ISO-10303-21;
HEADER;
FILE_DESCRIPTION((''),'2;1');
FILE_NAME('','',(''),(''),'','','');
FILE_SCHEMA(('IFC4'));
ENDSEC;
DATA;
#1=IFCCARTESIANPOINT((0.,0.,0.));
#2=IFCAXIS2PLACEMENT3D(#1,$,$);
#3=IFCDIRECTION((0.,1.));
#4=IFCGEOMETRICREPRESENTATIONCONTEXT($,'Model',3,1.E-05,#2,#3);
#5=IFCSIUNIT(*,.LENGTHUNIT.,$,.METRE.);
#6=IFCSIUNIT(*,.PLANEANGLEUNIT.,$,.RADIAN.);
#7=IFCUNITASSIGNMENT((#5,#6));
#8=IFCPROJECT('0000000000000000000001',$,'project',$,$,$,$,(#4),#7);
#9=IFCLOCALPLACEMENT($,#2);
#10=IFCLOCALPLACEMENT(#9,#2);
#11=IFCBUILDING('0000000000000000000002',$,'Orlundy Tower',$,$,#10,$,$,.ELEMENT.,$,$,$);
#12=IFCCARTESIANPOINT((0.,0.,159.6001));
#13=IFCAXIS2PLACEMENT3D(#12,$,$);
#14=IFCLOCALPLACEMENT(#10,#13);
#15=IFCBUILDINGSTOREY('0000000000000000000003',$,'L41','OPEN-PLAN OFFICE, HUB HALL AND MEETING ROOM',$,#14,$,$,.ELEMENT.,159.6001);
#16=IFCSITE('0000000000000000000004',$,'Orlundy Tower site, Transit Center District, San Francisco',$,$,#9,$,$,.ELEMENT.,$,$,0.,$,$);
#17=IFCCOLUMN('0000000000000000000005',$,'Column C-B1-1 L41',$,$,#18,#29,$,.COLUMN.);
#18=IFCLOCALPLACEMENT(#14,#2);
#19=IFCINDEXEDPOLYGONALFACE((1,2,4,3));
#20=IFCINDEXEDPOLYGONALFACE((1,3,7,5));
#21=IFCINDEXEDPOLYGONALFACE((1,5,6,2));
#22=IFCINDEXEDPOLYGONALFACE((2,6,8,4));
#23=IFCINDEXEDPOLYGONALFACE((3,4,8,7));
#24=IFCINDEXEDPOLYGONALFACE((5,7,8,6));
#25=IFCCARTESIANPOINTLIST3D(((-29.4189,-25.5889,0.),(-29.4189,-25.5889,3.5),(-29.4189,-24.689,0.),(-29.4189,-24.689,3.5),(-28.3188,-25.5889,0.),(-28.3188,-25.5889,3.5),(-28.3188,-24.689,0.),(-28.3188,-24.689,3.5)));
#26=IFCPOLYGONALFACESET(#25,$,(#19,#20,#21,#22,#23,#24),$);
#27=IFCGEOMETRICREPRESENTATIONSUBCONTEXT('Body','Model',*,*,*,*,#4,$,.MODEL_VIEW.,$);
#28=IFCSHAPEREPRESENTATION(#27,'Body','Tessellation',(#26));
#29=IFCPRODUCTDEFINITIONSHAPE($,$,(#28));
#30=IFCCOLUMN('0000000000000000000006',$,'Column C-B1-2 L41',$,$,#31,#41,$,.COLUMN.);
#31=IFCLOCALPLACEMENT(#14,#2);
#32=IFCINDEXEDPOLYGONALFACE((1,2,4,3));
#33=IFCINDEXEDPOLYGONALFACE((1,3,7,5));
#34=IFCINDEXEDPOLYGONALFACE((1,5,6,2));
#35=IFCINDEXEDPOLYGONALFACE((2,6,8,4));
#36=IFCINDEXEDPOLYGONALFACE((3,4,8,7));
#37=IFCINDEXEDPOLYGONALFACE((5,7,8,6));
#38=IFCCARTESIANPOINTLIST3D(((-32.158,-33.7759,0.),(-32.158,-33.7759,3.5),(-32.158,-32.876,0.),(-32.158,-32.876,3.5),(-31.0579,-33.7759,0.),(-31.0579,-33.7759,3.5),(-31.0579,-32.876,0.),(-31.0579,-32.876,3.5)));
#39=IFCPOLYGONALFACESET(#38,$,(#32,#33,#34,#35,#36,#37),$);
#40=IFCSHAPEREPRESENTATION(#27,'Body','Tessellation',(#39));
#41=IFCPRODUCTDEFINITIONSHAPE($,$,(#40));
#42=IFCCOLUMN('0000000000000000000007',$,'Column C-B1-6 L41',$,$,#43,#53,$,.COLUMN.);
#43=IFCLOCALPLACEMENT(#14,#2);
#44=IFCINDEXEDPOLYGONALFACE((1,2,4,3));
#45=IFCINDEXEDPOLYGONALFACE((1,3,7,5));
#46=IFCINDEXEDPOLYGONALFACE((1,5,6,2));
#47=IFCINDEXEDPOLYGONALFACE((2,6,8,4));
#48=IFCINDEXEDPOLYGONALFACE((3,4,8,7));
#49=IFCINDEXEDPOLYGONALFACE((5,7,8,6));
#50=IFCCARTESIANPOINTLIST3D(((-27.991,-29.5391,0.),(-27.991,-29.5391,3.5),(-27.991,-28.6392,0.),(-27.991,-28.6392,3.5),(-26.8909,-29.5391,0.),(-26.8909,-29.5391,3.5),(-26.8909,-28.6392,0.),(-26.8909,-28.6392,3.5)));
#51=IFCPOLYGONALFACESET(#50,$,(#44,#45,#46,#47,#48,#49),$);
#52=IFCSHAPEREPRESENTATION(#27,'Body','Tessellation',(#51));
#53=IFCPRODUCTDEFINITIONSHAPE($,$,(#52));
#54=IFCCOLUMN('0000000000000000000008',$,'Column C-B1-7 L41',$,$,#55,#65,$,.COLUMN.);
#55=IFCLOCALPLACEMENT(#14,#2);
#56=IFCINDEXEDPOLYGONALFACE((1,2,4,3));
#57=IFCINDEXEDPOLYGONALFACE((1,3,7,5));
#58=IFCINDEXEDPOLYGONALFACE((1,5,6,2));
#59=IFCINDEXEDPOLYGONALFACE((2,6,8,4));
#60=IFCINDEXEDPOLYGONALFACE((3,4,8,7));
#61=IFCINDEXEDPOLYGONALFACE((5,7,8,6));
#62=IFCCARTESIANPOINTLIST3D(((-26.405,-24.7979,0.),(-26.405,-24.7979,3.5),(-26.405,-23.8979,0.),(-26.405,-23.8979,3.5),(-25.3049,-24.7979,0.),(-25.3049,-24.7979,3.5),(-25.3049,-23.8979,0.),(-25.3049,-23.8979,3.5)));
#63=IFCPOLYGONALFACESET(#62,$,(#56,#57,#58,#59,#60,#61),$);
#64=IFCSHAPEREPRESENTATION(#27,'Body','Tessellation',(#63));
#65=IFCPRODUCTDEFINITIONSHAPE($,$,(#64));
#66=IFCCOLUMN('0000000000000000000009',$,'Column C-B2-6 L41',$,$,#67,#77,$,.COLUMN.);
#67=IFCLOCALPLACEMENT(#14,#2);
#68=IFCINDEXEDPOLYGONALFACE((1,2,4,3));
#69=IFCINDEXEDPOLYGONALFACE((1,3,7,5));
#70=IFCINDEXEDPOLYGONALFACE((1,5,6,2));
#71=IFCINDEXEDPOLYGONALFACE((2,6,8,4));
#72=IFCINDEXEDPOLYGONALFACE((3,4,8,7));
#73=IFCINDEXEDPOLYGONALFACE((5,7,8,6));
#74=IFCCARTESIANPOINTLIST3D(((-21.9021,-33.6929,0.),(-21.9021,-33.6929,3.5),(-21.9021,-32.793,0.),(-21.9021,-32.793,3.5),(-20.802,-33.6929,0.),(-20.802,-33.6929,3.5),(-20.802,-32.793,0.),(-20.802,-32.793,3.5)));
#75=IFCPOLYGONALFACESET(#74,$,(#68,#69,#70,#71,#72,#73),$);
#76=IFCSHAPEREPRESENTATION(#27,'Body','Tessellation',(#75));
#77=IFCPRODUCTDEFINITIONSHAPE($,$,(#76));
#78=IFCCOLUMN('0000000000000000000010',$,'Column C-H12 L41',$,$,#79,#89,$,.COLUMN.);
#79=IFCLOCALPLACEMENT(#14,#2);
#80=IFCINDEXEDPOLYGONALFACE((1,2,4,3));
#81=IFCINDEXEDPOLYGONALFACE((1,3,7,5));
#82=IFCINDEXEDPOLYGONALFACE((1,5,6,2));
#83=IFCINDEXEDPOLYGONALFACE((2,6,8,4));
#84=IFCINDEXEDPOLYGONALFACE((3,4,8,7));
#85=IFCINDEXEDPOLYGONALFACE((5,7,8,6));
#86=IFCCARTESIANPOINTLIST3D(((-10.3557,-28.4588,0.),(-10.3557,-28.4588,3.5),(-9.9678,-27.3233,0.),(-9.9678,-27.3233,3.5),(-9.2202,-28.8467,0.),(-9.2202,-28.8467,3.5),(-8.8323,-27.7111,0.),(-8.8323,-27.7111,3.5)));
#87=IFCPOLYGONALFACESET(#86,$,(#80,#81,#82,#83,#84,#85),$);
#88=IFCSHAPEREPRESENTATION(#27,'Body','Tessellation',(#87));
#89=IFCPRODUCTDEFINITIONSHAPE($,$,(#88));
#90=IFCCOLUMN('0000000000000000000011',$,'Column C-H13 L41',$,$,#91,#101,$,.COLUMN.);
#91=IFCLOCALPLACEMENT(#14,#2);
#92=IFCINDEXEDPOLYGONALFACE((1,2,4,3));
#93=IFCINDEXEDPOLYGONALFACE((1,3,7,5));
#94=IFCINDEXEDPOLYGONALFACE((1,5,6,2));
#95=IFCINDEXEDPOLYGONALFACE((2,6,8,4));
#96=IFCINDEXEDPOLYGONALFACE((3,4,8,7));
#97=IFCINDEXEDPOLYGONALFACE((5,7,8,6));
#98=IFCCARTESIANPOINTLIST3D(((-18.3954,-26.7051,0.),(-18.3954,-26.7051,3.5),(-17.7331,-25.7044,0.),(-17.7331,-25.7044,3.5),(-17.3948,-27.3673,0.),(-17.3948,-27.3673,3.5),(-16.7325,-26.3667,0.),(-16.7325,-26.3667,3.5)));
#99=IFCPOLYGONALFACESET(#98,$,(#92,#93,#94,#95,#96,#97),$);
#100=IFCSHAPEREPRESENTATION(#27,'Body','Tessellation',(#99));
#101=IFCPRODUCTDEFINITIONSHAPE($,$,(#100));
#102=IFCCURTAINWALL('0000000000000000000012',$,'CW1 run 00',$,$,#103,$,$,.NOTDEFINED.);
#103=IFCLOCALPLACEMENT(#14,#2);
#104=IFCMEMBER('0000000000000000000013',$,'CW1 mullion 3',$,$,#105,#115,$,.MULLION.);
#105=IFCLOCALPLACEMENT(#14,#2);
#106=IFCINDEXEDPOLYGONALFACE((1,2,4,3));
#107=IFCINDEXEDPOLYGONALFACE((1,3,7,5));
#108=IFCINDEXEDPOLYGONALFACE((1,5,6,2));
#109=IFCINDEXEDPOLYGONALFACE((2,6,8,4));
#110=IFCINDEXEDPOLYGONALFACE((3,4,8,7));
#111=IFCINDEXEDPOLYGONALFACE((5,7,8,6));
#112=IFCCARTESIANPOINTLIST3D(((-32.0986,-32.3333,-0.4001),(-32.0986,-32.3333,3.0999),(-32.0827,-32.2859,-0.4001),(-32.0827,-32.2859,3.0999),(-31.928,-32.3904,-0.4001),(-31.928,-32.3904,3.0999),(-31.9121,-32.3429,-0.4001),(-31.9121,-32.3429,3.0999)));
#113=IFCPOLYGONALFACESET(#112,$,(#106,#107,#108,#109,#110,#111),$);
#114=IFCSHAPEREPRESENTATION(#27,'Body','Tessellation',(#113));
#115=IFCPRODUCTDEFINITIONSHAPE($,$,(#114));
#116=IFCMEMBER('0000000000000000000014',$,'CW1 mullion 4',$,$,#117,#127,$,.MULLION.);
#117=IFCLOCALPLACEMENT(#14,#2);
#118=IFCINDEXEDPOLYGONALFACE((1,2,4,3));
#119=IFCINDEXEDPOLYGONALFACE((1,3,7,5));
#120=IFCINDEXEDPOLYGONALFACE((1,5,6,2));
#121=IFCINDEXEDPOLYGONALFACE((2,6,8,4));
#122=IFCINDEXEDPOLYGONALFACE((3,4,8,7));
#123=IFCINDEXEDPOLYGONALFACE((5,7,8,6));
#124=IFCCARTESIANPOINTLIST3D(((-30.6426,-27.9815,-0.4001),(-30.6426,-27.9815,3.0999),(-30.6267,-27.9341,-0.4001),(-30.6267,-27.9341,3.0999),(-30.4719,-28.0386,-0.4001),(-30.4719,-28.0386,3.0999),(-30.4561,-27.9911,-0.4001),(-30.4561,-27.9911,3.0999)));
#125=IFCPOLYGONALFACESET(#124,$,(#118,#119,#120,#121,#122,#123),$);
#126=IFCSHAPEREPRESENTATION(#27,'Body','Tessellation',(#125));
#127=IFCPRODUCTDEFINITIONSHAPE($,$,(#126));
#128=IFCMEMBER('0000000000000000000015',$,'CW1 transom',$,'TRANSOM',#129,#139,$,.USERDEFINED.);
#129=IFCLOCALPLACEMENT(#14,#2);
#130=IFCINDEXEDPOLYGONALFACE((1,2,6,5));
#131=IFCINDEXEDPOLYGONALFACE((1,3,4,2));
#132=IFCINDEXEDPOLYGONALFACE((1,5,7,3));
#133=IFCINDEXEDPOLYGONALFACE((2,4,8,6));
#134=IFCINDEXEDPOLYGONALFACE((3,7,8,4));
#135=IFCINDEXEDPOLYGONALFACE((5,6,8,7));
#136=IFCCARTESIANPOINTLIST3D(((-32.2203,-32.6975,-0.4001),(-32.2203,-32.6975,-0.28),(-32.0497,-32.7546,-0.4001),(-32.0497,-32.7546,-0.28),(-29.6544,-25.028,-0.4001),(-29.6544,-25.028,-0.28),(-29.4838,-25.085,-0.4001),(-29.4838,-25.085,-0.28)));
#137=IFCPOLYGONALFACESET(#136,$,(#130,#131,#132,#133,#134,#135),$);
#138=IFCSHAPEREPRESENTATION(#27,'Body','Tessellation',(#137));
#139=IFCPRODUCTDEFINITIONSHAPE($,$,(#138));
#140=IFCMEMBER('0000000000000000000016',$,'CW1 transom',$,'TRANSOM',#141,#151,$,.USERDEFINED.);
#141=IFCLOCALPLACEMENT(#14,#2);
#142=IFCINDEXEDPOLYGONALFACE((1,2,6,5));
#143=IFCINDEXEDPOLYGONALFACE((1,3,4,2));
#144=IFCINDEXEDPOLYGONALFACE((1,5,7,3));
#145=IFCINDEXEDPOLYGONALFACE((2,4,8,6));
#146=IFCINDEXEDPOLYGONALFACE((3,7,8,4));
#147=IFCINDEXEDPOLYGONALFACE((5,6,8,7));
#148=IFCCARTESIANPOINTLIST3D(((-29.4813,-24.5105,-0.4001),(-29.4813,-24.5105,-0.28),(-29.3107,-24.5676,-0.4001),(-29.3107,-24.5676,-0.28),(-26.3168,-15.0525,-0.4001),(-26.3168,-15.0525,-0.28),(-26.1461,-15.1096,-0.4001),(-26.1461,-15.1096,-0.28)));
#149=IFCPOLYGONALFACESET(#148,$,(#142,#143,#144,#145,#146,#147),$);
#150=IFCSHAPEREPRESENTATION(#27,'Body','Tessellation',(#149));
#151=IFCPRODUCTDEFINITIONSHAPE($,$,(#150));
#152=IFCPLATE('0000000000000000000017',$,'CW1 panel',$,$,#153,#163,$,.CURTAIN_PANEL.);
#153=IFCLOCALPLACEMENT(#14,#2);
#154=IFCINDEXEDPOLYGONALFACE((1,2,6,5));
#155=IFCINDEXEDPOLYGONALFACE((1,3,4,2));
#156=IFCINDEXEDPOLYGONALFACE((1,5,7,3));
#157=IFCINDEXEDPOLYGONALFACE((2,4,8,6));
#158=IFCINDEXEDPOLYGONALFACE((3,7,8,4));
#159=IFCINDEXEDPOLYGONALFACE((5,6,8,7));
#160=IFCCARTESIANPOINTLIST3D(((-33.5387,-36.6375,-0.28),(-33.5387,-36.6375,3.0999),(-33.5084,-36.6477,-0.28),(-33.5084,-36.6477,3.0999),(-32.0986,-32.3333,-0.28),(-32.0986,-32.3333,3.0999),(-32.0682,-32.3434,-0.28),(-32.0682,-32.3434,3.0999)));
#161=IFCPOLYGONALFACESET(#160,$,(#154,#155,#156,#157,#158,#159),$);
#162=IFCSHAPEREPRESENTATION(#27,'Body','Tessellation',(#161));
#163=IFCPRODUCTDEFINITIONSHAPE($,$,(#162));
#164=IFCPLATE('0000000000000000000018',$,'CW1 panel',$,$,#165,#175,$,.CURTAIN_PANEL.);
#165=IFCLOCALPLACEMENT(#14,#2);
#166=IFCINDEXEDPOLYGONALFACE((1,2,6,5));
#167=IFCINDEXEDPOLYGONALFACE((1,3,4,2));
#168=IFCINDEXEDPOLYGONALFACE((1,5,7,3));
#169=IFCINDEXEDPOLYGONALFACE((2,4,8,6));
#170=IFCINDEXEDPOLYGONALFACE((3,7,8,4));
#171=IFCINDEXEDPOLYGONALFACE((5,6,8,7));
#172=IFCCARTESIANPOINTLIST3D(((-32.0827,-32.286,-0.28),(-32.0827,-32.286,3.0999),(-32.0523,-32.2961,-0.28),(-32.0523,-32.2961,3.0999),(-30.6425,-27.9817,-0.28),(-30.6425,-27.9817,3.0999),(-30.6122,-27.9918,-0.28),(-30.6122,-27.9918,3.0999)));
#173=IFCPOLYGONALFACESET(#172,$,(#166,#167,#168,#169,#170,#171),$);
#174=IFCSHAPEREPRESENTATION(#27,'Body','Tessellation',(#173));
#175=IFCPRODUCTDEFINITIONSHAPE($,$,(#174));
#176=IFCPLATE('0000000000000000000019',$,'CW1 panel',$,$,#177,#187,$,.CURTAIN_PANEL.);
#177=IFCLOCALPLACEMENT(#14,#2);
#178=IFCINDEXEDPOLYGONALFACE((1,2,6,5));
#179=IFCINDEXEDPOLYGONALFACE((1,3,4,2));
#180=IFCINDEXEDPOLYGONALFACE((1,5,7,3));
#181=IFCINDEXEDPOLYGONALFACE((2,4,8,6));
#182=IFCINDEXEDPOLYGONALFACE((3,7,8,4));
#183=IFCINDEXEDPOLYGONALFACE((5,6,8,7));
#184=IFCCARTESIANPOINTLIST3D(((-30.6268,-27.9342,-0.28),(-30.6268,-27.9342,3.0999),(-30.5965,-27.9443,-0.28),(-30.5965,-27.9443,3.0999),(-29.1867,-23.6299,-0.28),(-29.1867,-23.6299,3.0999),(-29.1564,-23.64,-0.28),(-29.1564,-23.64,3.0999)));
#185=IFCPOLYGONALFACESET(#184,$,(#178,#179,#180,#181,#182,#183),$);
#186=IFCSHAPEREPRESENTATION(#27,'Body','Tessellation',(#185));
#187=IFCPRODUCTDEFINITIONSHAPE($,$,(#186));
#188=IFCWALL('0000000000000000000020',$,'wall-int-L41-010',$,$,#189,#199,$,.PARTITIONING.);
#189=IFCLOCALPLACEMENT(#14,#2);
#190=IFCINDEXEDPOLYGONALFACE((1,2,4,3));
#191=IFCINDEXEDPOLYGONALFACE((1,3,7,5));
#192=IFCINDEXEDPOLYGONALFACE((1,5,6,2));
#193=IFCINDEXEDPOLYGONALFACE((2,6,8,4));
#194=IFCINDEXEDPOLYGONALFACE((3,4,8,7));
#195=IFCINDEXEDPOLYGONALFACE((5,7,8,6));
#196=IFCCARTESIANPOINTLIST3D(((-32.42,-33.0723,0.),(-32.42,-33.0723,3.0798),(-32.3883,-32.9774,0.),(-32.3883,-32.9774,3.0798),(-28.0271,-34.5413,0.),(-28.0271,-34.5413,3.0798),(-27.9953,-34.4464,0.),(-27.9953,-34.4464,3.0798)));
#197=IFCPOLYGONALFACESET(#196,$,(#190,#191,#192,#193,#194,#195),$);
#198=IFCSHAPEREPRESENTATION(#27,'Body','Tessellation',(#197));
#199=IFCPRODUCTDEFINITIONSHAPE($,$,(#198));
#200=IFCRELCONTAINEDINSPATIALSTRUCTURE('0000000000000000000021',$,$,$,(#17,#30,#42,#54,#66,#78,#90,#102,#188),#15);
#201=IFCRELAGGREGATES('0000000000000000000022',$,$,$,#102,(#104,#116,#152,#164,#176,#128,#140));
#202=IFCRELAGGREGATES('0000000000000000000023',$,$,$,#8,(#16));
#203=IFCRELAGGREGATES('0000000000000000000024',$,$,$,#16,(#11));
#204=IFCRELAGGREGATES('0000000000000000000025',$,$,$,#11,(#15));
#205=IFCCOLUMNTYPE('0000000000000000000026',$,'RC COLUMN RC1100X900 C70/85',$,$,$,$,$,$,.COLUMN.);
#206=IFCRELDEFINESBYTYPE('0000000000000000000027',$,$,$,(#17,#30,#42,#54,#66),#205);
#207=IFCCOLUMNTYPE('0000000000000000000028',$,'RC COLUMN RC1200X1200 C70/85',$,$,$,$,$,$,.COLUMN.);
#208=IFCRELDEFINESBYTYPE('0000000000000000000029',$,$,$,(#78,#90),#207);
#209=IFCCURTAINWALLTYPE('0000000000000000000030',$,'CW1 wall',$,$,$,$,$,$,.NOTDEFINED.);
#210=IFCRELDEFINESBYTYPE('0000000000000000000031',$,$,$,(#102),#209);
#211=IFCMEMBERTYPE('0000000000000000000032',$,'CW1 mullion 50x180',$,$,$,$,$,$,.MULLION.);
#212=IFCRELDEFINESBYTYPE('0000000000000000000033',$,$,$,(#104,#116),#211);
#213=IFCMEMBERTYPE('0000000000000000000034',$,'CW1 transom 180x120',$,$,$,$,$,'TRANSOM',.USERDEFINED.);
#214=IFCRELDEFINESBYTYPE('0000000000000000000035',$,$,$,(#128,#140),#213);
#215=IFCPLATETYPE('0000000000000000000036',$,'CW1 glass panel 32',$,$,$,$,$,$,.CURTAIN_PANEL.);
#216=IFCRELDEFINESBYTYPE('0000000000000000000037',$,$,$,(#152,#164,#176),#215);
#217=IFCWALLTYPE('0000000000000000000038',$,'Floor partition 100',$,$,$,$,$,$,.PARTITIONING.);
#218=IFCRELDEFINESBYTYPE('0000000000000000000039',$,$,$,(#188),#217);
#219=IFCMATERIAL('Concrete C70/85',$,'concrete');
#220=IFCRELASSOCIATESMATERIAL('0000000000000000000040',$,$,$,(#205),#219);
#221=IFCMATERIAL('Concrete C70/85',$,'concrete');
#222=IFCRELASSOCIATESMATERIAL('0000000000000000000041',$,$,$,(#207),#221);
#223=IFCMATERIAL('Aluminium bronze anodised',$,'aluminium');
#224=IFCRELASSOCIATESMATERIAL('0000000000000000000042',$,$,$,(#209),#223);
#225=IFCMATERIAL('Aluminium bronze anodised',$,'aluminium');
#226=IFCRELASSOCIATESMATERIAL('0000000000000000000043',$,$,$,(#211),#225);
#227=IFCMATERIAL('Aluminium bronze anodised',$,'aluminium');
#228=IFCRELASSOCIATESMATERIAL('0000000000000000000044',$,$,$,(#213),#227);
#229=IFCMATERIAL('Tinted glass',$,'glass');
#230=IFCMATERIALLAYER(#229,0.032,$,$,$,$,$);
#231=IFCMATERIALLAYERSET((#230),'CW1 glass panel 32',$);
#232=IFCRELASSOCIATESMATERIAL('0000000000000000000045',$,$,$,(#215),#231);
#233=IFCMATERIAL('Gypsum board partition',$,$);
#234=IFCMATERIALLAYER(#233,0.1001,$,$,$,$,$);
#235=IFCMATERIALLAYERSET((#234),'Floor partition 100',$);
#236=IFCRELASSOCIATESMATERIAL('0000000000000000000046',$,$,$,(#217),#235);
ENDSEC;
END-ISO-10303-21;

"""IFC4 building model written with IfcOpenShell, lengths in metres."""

from ifc_helpers import new_model, si_unit, direction, frame, frame_2d, origin, origin_2d, place, context, subcontext, project, spatial, rectangle, extrude, material, layer, layer_set, material_profile, profile_set, type_object, element, aggregate, save


model = new_model("IFC4")

# Units and contexts
model_context = context("Model", 3, precision=1e-05, world=origin(), true_north=direction((0.0, 1.0)))
body_context = subcontext(model_context, "Body", "Model", "MODEL_VIEW")
ifc_project = project(units=[si_unit("LENGTHUNIT", "METRE"), si_unit("PLANEANGLEUNIT", "RADIAN")], contexts=[model_context])

# Site, building, storey
site_placement = place(None, origin())
site = spatial("IfcSite", under=ifc_project, at=site_placement, Name="Orlundy Tower site, Transit Center District, San Francisco", CompositionType="ELEMENT", RefElevation=0.0)
building_placement = place(site_placement, origin())
building = spatial("IfcBuilding", under=site, at=building_placement, Name="Orlundy Tower", CompositionType="ELEMENT")
storey_placement = place(building_placement, frame((0.0, 0.0, 159.6001)))
storey = spatial("IfcBuildingStorey", under=building, at=storey_placement, Name="L41", Description="OPEN-PLAN OFFICE, HUB HALL AND MEETING ROOM", CompositionType="ELEMENT", Elevation=159.6001)

# Columns
ifc_material_1 = material(Name="Concrete C70/85", Category="concrete")
ifc_material_profile_1 = material_profile(ifc_material_1, rectangle(XDim=1.1001, YDim=0.8999, at=origin_2d()), Name="RC1100X900")
ifc_profile_set_1 = profile_set([ifc_material_profile_1], Name="Concrete C70/85")
column_type_1 = type_object("IfcColumnType", Name="RC COLUMN RC1100X900 C70/85", PredefinedType="COLUMN", material=ifc_profile_set_1)
for number, where, z_axis, x_axis, name in (
    (1, (-28.8689, -25.1389, 0.0), (0.0, 0.0, 1.0), (1.0, 0.0, 0.0), "Column C-B1-1 L41"),
    (2, (-31.6079, -33.3259, 0.0), (0.0, 0.0, 1.0), (1.0, 0.0, 0.0), "Column C-B1-2 L41"),
    (3, (-27.4409, -29.0891, 0.0), (0.0, 0.0, 1.0), (1.0, 0.0, 0.0), "Column C-B1-6 L41"),
    (4, (-25.855, -24.3479, 0.0), (0.0, 0.0, 1.0), (1.0, 0.0, 0.0), "Column C-B1-7 L41"),
    (5, (-21.3521, -33.2429, 0.0), (0.0, 0.0, 1.0), (1.0, 0.0, 0.0), "Column C-B2-6 L41"),
):
    element("IfcColumn", number, at=place(storey_placement, frame(where, z_axis=z_axis, x_axis=x_axis)), inside=storey, type_object=column_type_1, Name=name, PredefinedType="COLUMN", context=body_context, shape_type="SweptSolid", body=[
        extrude(rectangle(XDim=1.1001, YDim=0.8999, at=origin_2d()), origin(), (0.0, 0.0, 1.0), 3.5),
    ])
ifc_material_2 = material(Name="Concrete C70/85", Category="concrete")
ifc_material_profile_2 = material_profile(ifc_material_2, rectangle(XDim=1.2, YDim=1.2, at=origin_2d()), Name="RC1200X1200")
ifc_profile_set_2 = profile_set([ifc_material_profile_2], Name="Concrete C70/85")
column_type_2 = type_object("IfcColumnType", Name="RC COLUMN RC1200X1200 C70/85", PredefinedType="COLUMN", material=ifc_profile_set_2)
for number, where, z_axis, x_axis, name in (
    (6, (-9.594, -28.085, 0.0), (0.0, 0.0, 1.0), (-0.323257, -0.946311, 0.0), "Column C-H12 L41"),
    (7, (-17.564, -26.5359, 0.0), (0.0, 0.0, 1.0), (-0.551937, -0.833886, 0.0), "Column C-H13 L41"),
):
    element("IfcColumn", number, at=place(storey_placement, frame(where, z_axis=z_axis, x_axis=x_axis)), inside=storey, type_object=column_type_2, Name=name, PredefinedType="COLUMN", context=body_context, shape_type="SweptSolid", body=[
        extrude(rectangle(XDim=1.2, YDim=1.2, at=origin_2d()), origin(), (0.0, 0.0, 1.0), 3.5),
    ])

# Curtain wall, members, plates
ifc_material_3 = material(Name="Aluminium bronze anodised", Category="aluminium")
curtain_wall_type = type_object("IfcCurtainWallType", Name="CW1 wall", PredefinedType="NOTDEFINED", material=ifc_material_3)
curtain_wall_placement = place(storey_placement, origin())
curtain_wall = element("IfcCurtainWall", 8, at=curtain_wall_placement, inside=storey, type_object=curtain_wall_type, Name="CW1 run 00", PredefinedType="NOTDEFINED")
ifc_material_4 = material(Name="Aluminium bronze anodised", Category="aluminium")
ifc_material_profile_3 = material_profile(ifc_material_4, rectangle(XDim=0.1799, YDim=0.05, at=origin_2d()), Name="CW1 mullion 50x180")
ifc_profile_set_3 = profile_set([ifc_material_profile_3], Name="Aluminium bronze anodised")
member_type_1 = type_object("IfcMemberType", Name="CW1 mullion 50x180", PredefinedType="MULLION", material=ifc_profile_set_3)
member_1_placement = place(storey_placement, frame((-32.0054, -32.3381, -0.4001), z_axis=(0.0, 0.0, 1.0), x_axis=(-0.948327, 0.317295, 0.0)))
member_1 = element("IfcMember", 9, at=member_1_placement, type_object=member_type_1, Name="CW1 mullion 3", PredefinedType="MULLION", context=body_context, shape_type="SweptSolid", body=[
    extrude(rectangle(XDim=0.1799, YDim=0.05, at=origin_2d()), origin(), (0.0, 0.0, 1.0), 3.5),
])
member_2_placement = place(storey_placement, frame((-30.5493, -27.9863, -0.4001), z_axis=(0.0, 0.0, 1.0), x_axis=(-0.948327, 0.317295, 0.0)))
member_2 = element("IfcMember", 10, at=member_2_placement, type_object=member_type_1, Name="CW1 mullion 4", PredefinedType="MULLION", context=body_context, shape_type="SweptSolid", body=[
    extrude(rectangle(XDim=0.1799, YDim=0.05, at=origin_2d()), origin(), (0.0, 0.0, 1.0), 3.5),
])
ifc_material_5 = material(Name="Aluminium bronze anodised", Category="aluminium")
ifc_material_profile_4 = material_profile(ifc_material_5, rectangle(XDim=0.1799, YDim=0.1201, at=origin_2d()), Name="CW1 transom 180x120")
ifc_profile_set_4 = profile_set([ifc_material_profile_4], Name="Aluminium bronze anodised")
member_type_2 = type_object("IfcMemberType", Name="CW1 transom 180x120", ElementType="TRANSOM", PredefinedType="USERDEFINED", material=ifc_profile_set_4)
member_3_placement = place(storey_placement, frame((-32.135, -32.7261, -0.3401), z_axis=(0.317269, 0.948336, 0.0), x_axis=(-0.948336, 0.317269, 0.0)))
member_3 = element("IfcMember", 11, at=member_3_placement, type_object=member_type_2, Name="CW1 transom", ObjectType="TRANSOM", PredefinedType="USERDEFINED", context=body_context, shape_type="SweptSolid", body=[
    extrude(rectangle(XDim=0.1799, YDim=0.1201, at=origin_2d()), origin(), (0.0, 0.0, 1.0), 8.0874),
])
member_4_placement = place(storey_placement, frame((-29.396, -24.5391, -0.3401), z_axis=(0.3173, 0.948325, 0.0), x_axis=(-0.948325, 0.3173, 0.0)))
member_4 = element("IfcMember", 12, at=member_4_placement, type_object=member_type_2, Name="CW1 transom", ObjectType="TRANSOM", PredefinedType="USERDEFINED", context=body_context, shape_type="SweptSolid", body=[
    extrude(rectangle(XDim=0.1799, YDim=0.1201, at=origin_2d()), origin(), (0.0, 0.0, 1.0), 9.9734),
])
ifc_material_6 = material(Name="Tinted glass", Category="glass")
ifc_layer_1 = layer(ifc_material_6, 0.032)
ifc_layer_set_1 = layer_set([ifc_layer_1], Name="CW1 glass panel 32")
plate_type = type_object("IfcPlateType", Name="CW1 glass panel 32", PredefinedType="CURTAIN_PANEL", material=ifc_layer_set_1)
plate_1_placement = place(storey_placement, frame((-32.8035, -34.4905, -0.28), z_axis=(0.0, 0.0, 1.0), x_axis=(0.317295, 0.948327, 0.0)))
plate_1 = element("IfcPlate", 13, at=plate_1_placement, type_object=plate_type, Name="CW1 panel", PredefinedType="CURTAIN_PANEL", context=body_context, shape_type="SweptSolid", body=[
    extrude(rectangle(XDim=4.5388, YDim=0.032, at=origin_2d()), origin(), (0.0, 0.0, 1.0), 3.3799),
])
plate_2_placement = place(storey_placement, frame((-31.3474, -30.1389, -0.28), z_axis=(0.0, 0.0, 1.0), x_axis=(0.317295, 0.948327, 0.0)))
plate_2 = element("IfcPlate", 14, at=plate_2_placement, type_object=plate_type, Name="CW1 panel", PredefinedType="CURTAIN_PANEL", context=body_context, shape_type="SweptSolid", body=[
    extrude(rectangle(XDim=4.5388, YDim=0.032, at=origin_2d()), origin(), (0.0, 0.0, 1.0), 3.3799),
])
plate_3_placement = place(storey_placement, frame((-29.8916, -25.7871, -0.28), z_axis=(0.0, 0.0, 1.0), x_axis=(0.317295, 0.948327, 0.0)))
plate_3 = element("IfcPlate", 15, at=plate_3_placement, type_object=plate_type, Name="CW1 panel", PredefinedType="CURTAIN_PANEL", context=body_context, shape_type="SweptSolid", body=[
    extrude(rectangle(XDim=4.5388, YDim=0.032, at=origin_2d()), origin(), (0.0, 0.0, 1.0), 3.3799),
])
aggregate(curtain_wall, [member_1, member_2, plate_1, plate_2, plate_3, member_3, member_4])

# Wall
ifc_material_7 = material(Name="Gypsum board partition")
ifc_layer_2 = layer(ifc_material_7, 0.1001)
ifc_layer_set_2 = layer_set([ifc_layer_2], Name="Floor partition 100")
wall_type_1 = type_object("IfcWallType", Name="Floor partition 100", PredefinedType="PARTITIONING", material=ifc_layer_set_2)
wall_1_placement = place(storey_placement, frame((-32.4041, -33.0249, 0.0), z_axis=(0.0, 0.0, 1.0), x_axis=(0.948382, -0.317129, 0.0)))
element("IfcWall", 16, at=wall_1_placement, inside=storey, type_object=wall_type_1, Name="wall-int-L41-010", PredefinedType="PARTITIONING", context=body_context, shape_type="SweptSolid", body=[
    extrude(rectangle(XDim=4.6321, YDim=0.1001, at=frame_2d((2.3159, 0.0))), origin(), (0.0, 0.0, 1.0), 3.0798),
])

save(model, "model.ifc")
